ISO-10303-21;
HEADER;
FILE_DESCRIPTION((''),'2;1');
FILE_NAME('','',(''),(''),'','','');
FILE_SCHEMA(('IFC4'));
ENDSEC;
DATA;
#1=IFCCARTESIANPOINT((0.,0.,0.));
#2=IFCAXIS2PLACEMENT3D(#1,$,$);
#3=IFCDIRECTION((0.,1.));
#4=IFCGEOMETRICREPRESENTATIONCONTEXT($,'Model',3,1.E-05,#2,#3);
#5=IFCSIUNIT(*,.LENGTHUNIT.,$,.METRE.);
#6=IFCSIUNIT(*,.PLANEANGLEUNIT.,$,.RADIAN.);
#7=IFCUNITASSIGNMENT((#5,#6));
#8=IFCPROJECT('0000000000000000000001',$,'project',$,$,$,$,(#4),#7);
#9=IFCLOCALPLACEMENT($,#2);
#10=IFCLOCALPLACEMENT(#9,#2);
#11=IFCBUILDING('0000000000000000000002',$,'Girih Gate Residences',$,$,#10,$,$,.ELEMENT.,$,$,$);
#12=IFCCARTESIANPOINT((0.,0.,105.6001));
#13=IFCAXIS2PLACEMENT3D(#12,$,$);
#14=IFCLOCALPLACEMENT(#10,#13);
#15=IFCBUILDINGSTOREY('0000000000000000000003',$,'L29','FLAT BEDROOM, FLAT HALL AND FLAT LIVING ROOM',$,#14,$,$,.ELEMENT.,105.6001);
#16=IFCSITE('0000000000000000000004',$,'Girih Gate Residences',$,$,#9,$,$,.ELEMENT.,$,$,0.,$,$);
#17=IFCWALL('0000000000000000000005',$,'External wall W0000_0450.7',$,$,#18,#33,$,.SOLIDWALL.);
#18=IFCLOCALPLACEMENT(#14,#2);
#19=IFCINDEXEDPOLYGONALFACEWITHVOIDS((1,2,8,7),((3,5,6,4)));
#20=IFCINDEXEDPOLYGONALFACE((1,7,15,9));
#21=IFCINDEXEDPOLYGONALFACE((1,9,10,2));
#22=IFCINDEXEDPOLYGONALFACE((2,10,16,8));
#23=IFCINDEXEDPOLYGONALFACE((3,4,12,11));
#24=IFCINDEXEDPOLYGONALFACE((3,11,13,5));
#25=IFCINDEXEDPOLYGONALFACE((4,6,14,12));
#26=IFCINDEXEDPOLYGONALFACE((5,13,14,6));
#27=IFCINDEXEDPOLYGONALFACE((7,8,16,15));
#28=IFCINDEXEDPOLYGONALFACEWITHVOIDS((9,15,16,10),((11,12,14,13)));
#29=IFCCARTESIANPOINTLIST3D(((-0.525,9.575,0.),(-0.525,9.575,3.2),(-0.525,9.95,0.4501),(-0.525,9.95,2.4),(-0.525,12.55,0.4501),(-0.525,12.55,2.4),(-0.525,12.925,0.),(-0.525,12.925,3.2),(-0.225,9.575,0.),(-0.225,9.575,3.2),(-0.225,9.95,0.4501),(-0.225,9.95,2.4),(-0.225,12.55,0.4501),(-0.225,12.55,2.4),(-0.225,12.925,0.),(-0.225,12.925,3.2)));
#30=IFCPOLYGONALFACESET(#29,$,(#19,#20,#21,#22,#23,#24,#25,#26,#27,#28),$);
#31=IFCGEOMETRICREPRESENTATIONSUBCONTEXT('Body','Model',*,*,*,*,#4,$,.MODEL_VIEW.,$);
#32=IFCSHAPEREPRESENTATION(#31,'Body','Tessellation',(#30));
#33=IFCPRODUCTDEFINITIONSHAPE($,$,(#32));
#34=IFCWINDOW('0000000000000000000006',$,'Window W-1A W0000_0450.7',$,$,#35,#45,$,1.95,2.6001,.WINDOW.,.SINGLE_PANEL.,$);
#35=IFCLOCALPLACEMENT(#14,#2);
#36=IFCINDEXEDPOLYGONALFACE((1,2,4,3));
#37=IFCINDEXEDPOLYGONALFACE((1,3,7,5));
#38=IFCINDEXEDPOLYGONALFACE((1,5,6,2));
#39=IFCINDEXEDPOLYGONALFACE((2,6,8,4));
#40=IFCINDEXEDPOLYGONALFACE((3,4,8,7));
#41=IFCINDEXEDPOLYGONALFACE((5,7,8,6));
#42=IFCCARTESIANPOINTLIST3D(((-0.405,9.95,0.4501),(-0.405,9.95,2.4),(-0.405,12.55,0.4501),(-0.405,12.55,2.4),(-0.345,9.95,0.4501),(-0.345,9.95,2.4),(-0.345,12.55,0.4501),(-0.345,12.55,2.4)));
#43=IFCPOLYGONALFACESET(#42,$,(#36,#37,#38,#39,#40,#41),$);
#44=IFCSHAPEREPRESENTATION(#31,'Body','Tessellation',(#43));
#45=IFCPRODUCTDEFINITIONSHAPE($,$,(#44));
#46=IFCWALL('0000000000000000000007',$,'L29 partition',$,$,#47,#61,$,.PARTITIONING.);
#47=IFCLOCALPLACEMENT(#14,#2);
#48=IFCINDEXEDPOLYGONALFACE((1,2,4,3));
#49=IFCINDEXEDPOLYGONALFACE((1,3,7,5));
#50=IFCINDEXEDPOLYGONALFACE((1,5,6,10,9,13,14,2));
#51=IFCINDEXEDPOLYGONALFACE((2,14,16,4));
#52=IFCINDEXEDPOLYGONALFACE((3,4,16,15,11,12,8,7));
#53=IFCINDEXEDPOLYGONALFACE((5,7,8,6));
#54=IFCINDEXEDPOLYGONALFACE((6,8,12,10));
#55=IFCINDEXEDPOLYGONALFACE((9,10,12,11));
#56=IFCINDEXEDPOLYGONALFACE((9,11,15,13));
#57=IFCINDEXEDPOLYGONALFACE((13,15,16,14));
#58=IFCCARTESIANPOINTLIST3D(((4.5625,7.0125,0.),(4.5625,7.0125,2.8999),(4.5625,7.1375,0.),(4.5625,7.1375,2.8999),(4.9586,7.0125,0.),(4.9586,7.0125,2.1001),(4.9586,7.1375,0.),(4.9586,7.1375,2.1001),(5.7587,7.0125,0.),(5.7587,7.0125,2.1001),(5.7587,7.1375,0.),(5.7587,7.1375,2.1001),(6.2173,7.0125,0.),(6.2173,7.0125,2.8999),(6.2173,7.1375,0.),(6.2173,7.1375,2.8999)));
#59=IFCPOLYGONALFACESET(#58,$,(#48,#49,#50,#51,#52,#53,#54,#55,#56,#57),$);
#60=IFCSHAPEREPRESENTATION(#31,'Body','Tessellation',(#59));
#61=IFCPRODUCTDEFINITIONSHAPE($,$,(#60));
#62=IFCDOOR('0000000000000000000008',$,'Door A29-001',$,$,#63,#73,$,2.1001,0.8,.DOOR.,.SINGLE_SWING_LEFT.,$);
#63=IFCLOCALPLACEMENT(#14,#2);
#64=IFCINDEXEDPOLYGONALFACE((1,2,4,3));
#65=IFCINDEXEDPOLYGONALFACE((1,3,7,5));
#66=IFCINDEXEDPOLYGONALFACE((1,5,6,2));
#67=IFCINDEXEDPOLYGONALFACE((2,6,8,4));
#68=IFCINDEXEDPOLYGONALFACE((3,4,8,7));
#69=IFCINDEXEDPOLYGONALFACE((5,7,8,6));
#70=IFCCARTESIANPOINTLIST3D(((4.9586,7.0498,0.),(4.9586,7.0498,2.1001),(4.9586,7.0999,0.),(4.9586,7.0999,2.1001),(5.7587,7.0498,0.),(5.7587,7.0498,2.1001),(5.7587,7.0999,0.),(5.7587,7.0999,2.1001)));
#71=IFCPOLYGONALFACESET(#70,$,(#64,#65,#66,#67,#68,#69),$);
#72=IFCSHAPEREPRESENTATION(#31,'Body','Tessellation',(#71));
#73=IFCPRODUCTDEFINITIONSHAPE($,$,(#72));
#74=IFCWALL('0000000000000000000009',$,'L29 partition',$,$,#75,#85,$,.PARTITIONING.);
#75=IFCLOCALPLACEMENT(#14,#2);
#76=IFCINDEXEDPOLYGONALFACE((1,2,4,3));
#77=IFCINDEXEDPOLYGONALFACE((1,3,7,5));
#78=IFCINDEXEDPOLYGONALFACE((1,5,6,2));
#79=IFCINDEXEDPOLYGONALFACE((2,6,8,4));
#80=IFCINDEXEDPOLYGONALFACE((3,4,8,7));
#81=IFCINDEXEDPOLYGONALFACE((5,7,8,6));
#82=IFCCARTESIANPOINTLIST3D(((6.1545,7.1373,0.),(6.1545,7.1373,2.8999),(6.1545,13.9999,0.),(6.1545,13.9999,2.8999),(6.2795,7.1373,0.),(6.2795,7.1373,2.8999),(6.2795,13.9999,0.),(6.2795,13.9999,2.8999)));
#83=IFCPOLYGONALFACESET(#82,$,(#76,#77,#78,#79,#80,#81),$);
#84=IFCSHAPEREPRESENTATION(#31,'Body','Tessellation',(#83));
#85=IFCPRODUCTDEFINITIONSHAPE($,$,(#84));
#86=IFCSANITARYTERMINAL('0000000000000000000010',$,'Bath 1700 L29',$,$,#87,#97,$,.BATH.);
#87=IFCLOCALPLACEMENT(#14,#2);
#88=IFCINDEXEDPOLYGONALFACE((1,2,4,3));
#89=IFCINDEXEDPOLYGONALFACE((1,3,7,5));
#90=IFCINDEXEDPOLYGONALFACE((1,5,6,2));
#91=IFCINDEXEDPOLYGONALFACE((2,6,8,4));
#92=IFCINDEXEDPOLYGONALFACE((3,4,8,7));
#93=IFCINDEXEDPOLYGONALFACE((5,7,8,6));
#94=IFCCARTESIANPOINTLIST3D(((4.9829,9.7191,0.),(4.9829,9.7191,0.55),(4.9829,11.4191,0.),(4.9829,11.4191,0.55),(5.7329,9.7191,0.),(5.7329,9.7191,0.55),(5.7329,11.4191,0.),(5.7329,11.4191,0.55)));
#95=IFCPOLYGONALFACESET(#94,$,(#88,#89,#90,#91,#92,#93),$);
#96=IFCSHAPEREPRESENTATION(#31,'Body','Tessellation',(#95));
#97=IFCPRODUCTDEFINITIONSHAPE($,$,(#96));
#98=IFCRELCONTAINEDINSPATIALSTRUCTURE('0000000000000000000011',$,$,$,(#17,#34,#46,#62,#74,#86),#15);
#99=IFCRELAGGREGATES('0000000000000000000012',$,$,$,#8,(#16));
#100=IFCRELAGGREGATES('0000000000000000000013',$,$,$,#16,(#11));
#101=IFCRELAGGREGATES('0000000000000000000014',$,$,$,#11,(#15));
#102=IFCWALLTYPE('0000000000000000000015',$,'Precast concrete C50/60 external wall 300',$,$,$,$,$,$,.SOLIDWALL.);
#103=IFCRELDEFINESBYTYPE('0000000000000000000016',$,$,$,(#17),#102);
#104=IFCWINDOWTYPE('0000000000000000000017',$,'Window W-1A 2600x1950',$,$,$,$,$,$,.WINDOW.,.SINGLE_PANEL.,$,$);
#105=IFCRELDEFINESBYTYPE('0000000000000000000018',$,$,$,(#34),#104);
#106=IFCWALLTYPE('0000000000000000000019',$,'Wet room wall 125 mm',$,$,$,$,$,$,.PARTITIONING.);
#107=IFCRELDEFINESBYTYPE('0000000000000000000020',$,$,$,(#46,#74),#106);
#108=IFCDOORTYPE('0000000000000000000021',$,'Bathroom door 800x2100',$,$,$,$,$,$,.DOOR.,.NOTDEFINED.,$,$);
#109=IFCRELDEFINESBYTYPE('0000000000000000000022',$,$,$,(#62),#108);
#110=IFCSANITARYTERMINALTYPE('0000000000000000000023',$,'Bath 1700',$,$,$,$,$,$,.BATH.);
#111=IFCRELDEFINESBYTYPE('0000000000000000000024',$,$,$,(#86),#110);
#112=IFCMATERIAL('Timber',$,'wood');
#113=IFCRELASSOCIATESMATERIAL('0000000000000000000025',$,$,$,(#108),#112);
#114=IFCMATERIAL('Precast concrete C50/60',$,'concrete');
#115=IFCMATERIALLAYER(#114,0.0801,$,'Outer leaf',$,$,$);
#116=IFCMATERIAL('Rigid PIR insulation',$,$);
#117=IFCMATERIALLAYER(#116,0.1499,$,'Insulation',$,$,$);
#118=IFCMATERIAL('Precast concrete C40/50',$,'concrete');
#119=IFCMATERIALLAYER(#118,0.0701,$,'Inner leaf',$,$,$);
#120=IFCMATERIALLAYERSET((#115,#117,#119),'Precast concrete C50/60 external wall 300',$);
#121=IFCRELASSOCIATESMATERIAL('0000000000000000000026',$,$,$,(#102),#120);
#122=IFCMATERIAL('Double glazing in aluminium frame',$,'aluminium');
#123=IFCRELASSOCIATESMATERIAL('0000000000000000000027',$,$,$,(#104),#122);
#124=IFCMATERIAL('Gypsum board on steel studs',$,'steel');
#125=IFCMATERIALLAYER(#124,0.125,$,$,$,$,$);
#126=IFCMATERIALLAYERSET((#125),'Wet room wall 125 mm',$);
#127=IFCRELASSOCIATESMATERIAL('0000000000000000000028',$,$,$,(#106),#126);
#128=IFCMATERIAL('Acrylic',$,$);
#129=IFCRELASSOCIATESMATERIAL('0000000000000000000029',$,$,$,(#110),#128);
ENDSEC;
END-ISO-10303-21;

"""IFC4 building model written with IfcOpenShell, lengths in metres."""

from ifc_helpers import new_model, si_unit, direction, frame, frame_2d, origin, origin_2d, place, context, subcontext, project, spatial, rectangle, extrude, material, layer, layer_set, type_object, element, fill, save


model = new_model("IFC4")

# Units and contexts
model_context = context("Model", 3, precision=1e-05, world=origin(), true_north=direction((0.0, 1.0)))
body_context = subcontext(model_context, "Body", "Model", "MODEL_VIEW")
ifc_project = project(units=[si_unit("LENGTHUNIT", "METRE"), si_unit("PLANEANGLEUNIT", "RADIAN")], contexts=[model_context])

# Site, building, storey
site_placement = place(None, origin())
site = spatial("IfcSite", under=ifc_project, at=site_placement, Name="Girih Gate Residences", CompositionType="ELEMENT", RefElevation=0.0)
building_placement = place(site_placement, origin())
building = spatial("IfcBuilding", under=site, at=building_placement, Name="Girih Gate Residences", CompositionType="ELEMENT")
storey_placement = place(building_placement, frame((0.0, 0.0, 105.6001)))
storey = spatial("IfcBuildingStorey", under=building, at=storey_placement, Name="L29", Description="FLAT BEDROOM, FLAT HALL AND FLAT LIVING ROOM", CompositionType="ELEMENT", Elevation=105.6001)

# Shared definitions
ifc_material_1 = material(Name="Gypsum board on steel studs", Category="steel")

# Shared definitions
ifc_material_2 = material(Name="Timber", Category="wood")
door_type_1 = type_object("IfcDoorType", Name="Bathroom door 800x2100", OperationType="NOTDEFINED", PredefinedType="DOOR", material=ifc_material_2)

# Wall, opening, window
ifc_material_3 = material(Name="Precast concrete C50/60", Category="concrete")
ifc_layer_1 = layer(ifc_material_3, 0.0801, Name="Outer leaf")
ifc_material_4 = material(Name="Rigid PIR insulation")
ifc_layer_2 = layer(ifc_material_4, 0.1499, Name="Insulation")
ifc_material_5 = material(Name="Precast concrete C40/50", Category="concrete")
ifc_layer_3 = layer(ifc_material_5, 0.0701, Name="Inner leaf")
ifc_layer_set_1 = layer_set([ifc_layer_1, ifc_layer_2, ifc_layer_3], Name="Precast concrete C50/60 external wall 300")
wall_type_1 = type_object("IfcWallType", Name="Precast concrete C50/60 external wall 300", PredefinedType="SOLIDWALL", material=ifc_layer_set_1)
ifc_material_6 = material(Name="Double glazing in aluminium frame", Category="aluminium")
window_type = type_object("IfcWindowType", Name="Window W-1A 2600x1950", PartitioningType="SINGLE_PANEL", PredefinedType="WINDOW", material=ifc_material_6)
wall_1_placement = place(storey_placement, frame((-0.375, 9.575, 0.0), z_axis=(0.0, 0.0, 1.0), x_axis=(0.0, 1.0, 0.0)))
wall_1 = element("IfcWall", 1, at=wall_1_placement, inside=storey, type_object=wall_type_1, Name="External wall W0000_0450.7", PredefinedType="SOLIDWALL", context=body_context, shape_type="SweptSolid", body=[
    extrude(rectangle(XDim=3.3501, YDim=0.3, at=frame_2d((1.675, 0.0))), origin(), (0.0, 0.0, 1.0), 3.2),
])
opening_1_placement = place(wall_1_placement, frame((0.375, 0.0, 0.45)))
opening_1 = element("IfcOpeningElement", 2, at=opening_1_placement, cuts=wall_1, PredefinedType="OPENING", context=body_context, shape_type="SweptSolid", body=[
    extrude(rectangle(XDim=2.6001, YDim=1.95, at=frame_2d((1.3, 0.9751))), frame((0.0, 0.1599, 0.0), z_axis=(0.0, -1.0, 0.0), x_axis=(1.0, 0.0, 0.0)), (0.0, 0.0, 1.0), 0.3201),
])
window_1_placement = place(opening_1_placement, origin())
window_1 = element("IfcWindow", 3, at=window_1_placement, inside=storey, type_object=window_type, Name="Window W-1A W0000_0450.7", OverallHeight=1.95, OverallWidth=2.6001, PartitioningType="SINGLE_PANEL", PredefinedType="WINDOW", context=body_context, shape_type="SweptSolid", body=[
    extrude(rectangle(XDim=2.6001, YDim=1.95, at=frame_2d((1.3, 0.9751))), frame((0.0, 0.03, 0.0), z_axis=(0.0, -1.0, 0.0), x_axis=(1.0, 0.0, 0.0)), (0.0, 0.0, 1.0), 0.0601),
])
fill(opening_1, window_1)

# Wall, opening, door
ifc_layer_4 = layer(ifc_material_1, 0.125)
ifc_layer_set_2 = layer_set([ifc_layer_4], Name="Wet room wall 125 mm")
wall_type_2 = type_object("IfcWallType", Name="Wet room wall 125 mm", PredefinedType="PARTITIONING", material=ifc_layer_set_2)
wall_2_placement = place(storey_placement, frame((4.5625, 7.075, 0.0), z_axis=(0.0, 0.0, 1.0), x_axis=(1.0, 0.0, 0.0)))
wall_2 = element("IfcWall", 4, at=wall_2_placement, inside=storey, type_object=wall_type_2, Name="L29 partition", PredefinedType="PARTITIONING", context=body_context, shape_type="SweptSolid", body=[
    extrude(rectangle(XDim=1.6548, YDim=0.125, at=frame_2d((0.8274, 0.0))), origin(), (0.0, 0.0, 1.0), 2.8999),
])
opening_2_placement = place(wall_2_placement, frame((0.3962, 0.0, 0.0)))
opening_2 = element("IfcOpeningElement", 5, at=opening_2_placement, cuts=wall_2, PredefinedType="OPENING", context=body_context, shape_type="SweptSolid", body=[
    extrude(rectangle(XDim=0.8, YDim=2.1001, at=frame_2d((0.3999, 1.05))), frame((0.0, 0.0725, 0.0), z_axis=(0.0, -1.0, 0.0), x_axis=(1.0, 0.0, 0.0)), (0.0, 0.0, 1.0), 0.145),
])
door_1_placement = place(opening_2_placement, origin())
door_1 = element("IfcDoor", 6, at=door_1_placement, inside=storey, type_object=door_type_1, Name="Door A29-001", OperationType="SINGLE_SWING_LEFT", OverallHeight=2.1001, OverallWidth=0.8, PredefinedType="DOOR", context=body_context, shape_type="SweptSolid", body=[
    extrude(rectangle(XDim=0.8, YDim=2.1001, at=frame_2d((0.3999, 1.05))), frame((0.0, 0.0249, 0.0), z_axis=(0.0, -1.0, 0.0), x_axis=(1.0, 0.0, 0.0)), (0.0, 0.0, 1.0), 0.05),
])
fill(opening_2, door_1)

# Wall
wall_3_placement = place(storey_placement, frame((6.217, 7.1375, 0.0), z_axis=(0.0, 0.0, 1.0), x_axis=(0.0, 1.0, 0.0)))
element("IfcWall", 7, at=wall_3_placement, inside=storey, type_object=wall_type_2, Name="L29 partition", PredefinedType="PARTITIONING", context=body_context, shape_type="SweptSolid", body=[
    extrude(rectangle(XDim=6.8625, YDim=0.125, at=frame_2d((3.4312, 0.0))), origin(), (0.0, 0.0, 1.0), 2.8999),
])

# Sanitary terminal
ifc_material_7 = material(Name="Acrylic")
sanitary_terminal_type = type_object("IfcSanitaryTerminalType", Name="Bath 1700", PredefinedType="BATH", material=ifc_material_7)
sanitary_terminal_placement = place(storey_placement, frame((5.3579, 10.5691, 0.0), z_axis=(0.0, 0.0, 1.0), x_axis=(1.0, 0.0, 0.0)))
element("IfcSanitaryTerminal", 8, at=sanitary_terminal_placement, inside=storey, type_object=sanitary_terminal_type, Name="Bath 1700 L29", PredefinedType="BATH", context=body_context, shape_type="SweptSolid", body=[
    extrude(rectangle(XDim=0.75, YDim=1.7, at=origin_2d()), origin(), (0.0, 0.0, 1.0), 0.55),
])

save(model, "model.ifc")
